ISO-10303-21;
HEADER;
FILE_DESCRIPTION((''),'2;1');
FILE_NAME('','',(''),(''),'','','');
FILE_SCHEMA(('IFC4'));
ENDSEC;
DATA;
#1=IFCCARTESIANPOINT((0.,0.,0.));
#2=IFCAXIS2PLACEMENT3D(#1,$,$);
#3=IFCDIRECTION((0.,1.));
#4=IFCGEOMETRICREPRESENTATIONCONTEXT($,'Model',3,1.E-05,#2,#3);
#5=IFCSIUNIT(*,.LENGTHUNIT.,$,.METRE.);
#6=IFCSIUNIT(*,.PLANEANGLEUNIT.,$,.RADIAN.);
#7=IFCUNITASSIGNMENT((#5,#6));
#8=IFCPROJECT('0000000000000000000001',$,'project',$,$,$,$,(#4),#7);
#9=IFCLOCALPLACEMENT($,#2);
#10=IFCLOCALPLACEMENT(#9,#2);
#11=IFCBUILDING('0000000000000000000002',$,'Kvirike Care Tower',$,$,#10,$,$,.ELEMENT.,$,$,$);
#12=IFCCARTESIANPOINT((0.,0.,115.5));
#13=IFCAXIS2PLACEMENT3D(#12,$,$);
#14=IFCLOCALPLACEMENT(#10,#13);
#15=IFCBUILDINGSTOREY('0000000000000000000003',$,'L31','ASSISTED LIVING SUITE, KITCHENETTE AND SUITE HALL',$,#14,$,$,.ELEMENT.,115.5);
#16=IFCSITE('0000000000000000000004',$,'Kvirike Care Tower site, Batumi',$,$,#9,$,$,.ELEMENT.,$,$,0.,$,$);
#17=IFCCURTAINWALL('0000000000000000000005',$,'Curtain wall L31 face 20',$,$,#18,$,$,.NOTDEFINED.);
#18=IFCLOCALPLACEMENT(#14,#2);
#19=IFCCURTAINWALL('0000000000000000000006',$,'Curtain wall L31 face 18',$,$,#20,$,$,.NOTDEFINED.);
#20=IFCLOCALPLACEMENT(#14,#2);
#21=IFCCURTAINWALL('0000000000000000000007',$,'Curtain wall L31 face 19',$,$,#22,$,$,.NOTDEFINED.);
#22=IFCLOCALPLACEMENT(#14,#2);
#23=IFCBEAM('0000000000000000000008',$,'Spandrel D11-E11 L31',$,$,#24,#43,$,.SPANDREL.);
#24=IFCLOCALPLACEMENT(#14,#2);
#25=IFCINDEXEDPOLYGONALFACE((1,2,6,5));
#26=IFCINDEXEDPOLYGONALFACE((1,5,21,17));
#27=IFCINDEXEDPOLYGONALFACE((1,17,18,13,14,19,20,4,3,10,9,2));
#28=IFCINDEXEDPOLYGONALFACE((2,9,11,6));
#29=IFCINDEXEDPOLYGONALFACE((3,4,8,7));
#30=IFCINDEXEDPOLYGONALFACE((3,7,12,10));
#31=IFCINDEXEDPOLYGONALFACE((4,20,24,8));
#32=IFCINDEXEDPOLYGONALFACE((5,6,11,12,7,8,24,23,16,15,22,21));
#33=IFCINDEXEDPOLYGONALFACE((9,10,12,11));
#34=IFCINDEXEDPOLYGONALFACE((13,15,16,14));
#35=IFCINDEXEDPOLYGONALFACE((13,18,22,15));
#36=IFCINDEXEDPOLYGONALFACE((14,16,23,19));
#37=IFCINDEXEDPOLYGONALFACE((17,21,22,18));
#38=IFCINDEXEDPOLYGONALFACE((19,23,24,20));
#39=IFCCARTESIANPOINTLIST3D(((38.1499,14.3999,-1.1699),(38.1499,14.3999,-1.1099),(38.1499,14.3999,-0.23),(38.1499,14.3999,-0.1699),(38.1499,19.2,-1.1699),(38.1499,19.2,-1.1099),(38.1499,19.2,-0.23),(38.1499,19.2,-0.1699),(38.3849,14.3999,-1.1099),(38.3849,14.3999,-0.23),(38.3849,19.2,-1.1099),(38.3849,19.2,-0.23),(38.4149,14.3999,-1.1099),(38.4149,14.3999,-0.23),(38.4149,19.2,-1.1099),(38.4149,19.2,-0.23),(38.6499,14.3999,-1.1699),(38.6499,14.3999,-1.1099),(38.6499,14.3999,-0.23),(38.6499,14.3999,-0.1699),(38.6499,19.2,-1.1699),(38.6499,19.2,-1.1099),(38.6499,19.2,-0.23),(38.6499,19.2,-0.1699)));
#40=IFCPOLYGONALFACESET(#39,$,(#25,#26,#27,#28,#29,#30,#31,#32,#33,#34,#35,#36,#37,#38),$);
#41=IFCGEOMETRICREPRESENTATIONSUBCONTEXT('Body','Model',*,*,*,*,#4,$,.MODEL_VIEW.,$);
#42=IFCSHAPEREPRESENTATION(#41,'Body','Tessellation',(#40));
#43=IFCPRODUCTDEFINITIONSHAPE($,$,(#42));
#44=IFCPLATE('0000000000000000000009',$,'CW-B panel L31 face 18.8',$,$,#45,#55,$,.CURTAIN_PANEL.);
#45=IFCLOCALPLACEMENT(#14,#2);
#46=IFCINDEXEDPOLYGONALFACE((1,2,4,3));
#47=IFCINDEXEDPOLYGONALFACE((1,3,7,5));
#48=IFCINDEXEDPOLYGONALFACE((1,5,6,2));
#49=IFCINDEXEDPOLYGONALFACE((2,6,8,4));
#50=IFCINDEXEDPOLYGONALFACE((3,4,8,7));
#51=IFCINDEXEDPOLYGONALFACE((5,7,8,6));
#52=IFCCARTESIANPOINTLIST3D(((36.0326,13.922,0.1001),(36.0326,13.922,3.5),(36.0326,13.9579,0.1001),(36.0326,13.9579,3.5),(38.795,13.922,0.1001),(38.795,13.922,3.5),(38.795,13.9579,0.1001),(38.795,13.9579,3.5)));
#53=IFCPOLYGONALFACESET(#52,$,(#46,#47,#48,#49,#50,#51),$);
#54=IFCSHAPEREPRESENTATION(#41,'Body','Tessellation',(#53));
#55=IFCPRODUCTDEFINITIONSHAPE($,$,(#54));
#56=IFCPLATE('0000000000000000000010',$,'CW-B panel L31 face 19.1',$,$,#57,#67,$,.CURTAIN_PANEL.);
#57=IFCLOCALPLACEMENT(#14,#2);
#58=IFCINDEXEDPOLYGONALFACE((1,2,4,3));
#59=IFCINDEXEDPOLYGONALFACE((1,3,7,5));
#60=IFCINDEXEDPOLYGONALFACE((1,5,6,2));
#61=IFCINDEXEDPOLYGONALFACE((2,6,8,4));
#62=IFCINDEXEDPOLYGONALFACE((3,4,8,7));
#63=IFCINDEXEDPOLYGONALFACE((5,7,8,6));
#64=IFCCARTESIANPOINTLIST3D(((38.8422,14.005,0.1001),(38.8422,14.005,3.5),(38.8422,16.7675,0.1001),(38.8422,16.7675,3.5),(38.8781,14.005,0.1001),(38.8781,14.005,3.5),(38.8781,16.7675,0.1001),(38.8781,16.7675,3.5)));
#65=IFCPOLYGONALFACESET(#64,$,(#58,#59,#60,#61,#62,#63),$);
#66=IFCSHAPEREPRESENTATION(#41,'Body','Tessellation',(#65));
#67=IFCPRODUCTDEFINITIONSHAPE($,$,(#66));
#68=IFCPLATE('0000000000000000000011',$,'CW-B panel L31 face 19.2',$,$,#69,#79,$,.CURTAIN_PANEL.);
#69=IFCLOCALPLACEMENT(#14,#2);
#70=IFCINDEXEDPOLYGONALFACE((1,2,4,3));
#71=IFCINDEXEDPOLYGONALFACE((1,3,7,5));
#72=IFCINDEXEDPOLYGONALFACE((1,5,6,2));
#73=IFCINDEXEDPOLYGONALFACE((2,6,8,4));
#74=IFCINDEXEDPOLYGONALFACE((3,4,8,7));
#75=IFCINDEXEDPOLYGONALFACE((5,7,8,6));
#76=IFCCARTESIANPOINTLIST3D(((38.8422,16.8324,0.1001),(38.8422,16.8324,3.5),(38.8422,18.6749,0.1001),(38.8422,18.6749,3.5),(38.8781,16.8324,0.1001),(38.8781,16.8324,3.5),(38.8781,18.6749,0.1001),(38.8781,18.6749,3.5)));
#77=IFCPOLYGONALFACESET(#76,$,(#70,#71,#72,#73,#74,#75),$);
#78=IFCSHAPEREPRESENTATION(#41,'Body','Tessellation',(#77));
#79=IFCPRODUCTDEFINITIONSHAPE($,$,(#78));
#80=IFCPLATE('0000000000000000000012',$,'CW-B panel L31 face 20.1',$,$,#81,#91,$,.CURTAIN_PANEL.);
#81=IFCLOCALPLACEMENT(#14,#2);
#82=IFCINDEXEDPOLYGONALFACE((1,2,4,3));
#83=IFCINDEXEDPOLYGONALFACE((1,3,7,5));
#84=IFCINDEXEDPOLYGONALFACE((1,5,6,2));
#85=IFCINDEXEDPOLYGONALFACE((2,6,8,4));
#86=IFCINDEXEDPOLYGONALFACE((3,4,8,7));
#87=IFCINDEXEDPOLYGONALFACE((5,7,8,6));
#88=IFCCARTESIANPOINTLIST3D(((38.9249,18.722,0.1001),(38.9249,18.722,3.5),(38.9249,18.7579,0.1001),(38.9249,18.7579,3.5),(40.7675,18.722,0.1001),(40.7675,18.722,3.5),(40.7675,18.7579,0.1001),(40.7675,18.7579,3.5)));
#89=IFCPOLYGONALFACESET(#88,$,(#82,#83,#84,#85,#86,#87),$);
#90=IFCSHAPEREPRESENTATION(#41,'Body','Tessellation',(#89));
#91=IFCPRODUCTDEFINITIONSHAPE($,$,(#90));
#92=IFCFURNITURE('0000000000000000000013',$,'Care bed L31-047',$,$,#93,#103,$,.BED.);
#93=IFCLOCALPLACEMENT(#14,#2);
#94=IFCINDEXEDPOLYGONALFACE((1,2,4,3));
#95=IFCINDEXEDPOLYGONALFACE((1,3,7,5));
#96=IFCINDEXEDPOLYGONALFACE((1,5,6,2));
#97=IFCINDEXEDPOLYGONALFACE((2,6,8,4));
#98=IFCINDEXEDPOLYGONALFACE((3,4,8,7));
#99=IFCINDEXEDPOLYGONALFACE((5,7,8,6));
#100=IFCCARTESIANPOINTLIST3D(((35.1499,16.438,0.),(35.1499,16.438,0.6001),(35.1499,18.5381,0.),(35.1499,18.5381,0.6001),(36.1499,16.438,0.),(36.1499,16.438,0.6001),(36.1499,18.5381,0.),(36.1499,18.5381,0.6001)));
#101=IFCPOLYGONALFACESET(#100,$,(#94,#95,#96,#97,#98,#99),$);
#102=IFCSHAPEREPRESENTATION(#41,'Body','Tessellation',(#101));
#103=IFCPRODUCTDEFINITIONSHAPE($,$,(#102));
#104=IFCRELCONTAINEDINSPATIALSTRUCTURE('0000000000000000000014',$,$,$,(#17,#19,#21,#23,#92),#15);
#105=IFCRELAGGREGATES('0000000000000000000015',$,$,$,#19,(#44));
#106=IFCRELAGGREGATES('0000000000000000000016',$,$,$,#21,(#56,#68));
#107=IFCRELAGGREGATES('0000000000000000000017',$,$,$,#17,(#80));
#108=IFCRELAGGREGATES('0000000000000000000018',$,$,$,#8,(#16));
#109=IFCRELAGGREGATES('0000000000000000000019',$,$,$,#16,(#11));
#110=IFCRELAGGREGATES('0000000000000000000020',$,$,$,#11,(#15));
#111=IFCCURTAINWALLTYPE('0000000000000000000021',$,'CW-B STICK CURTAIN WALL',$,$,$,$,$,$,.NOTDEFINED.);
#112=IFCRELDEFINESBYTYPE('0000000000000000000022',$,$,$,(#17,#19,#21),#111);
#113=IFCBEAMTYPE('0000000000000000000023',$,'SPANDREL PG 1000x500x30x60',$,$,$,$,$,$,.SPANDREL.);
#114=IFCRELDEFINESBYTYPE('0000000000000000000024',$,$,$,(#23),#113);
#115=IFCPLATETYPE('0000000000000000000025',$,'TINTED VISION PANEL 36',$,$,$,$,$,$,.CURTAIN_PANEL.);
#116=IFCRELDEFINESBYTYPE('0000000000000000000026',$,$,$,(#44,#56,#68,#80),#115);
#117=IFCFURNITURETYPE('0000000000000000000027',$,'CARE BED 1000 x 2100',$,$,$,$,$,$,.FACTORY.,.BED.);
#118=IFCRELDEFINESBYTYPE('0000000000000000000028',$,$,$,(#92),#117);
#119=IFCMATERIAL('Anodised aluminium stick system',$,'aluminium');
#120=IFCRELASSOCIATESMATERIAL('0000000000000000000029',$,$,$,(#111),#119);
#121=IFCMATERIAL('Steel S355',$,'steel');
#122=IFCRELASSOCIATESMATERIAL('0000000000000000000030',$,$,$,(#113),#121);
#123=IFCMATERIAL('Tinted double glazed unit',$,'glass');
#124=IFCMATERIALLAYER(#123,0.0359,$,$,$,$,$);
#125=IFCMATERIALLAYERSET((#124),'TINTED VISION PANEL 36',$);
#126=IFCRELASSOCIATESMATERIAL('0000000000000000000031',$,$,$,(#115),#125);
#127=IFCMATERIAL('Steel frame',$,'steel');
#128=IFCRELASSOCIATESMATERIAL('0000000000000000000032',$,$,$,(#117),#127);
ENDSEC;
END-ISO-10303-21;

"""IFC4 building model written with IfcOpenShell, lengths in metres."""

from ifc_helpers import new_model, si_unit, direction, frame, origin, origin_2d, place, context, subcontext, project, spatial, rectangle, i_section, extrude, material, layer, layer_set, material_profile, profile_set, type_object, element, aggregate, save


model = new_model("IFC4")

# Units and contexts
model_context = context("Model", 3, precision=1e-05, world=origin(), true_north=direction((0.0, 1.0)))
body_context = subcontext(model_context, "Body", "Model", "MODEL_VIEW")
ifc_project = project(units=[si_unit("LENGTHUNIT", "METRE"), si_unit("PLANEANGLEUNIT", "RADIAN")], contexts=[model_context])

# Site, building, storey
site_placement = place(None, origin())
site = spatial("IfcSite", under=ifc_project, at=site_placement, Name="Kvirike Care Tower site, Batumi", CompositionType="ELEMENT", RefElevation=0.0)
building_placement = place(site_placement, origin())
building = spatial("IfcBuilding", under=site, at=building_placement, Name="Kvirike Care Tower", CompositionType="ELEMENT")
storey_placement = place(building_placement, frame((0.0, 0.0, 115.5)))
storey = spatial("IfcBuildingStorey", under=building, at=storey_placement, Name="L31", Description="ASSISTED LIVING SUITE, KITCHENETTE AND SUITE HALL", CompositionType="ELEMENT", Elevation=115.5)

# Curtain wall
ifc_material_1 = material(Name="Anodised aluminium stick system", Category="aluminium")
curtain_wall_type = type_object("IfcCurtainWallType", Name="CW-B STICK CURTAIN WALL", PredefinedType="NOTDEFINED", material=ifc_material_1)
curtain_wall_1_placement = place(storey_placement, origin())
curtain_wall_1 = element("IfcCurtainWall", 1, at=curtain_wall_1_placement, inside=storey, type_object=curtain_wall_type, Name="Curtain wall L31 face 20", PredefinedType="NOTDEFINED")

# Curtain walls
curtain_wall_2_placement = place(storey_placement, origin())
curtain_wall_2 = element("IfcCurtainWall", 2, at=curtain_wall_2_placement, inside=storey, type_object=curtain_wall_type, Name="Curtain wall L31 face 18", PredefinedType="NOTDEFINED")
curtain_wall_3_placement = place(storey_placement, origin())
curtain_wall_3 = element("IfcCurtainWall", 3, at=curtain_wall_3_placement, inside=storey, type_object=curtain_wall_type, Name="Curtain wall L31 face 19", PredefinedType="NOTDEFINED")

# Beam
ifc_material_2 = material(Name="Steel S355", Category="steel")
ifc_material_profile_1 = material_profile(ifc_material_2, i_section(OverallWidth=0.5, OverallDepth=1.0, WebThickness=0.03, FlangeThickness=0.0601, at=origin_2d()), Name="PG 1000x500x30x60")
ifc_profile_set_1 = profile_set([ifc_material_profile_1], Name="Steel S355")
beam_type = type_object("IfcBeamType", Name="SPANDREL PG 1000x500x30x60", PredefinedType="SPANDREL", material=ifc_profile_set_1)
beam_placement = place(storey_placement, frame((38.3999, 14.3999, -0.6699), z_axis=(0.0, 1.0, 0.0), x_axis=(-1.0, 0.0, 0.0)))
element("IfcBeam", 4, at=beam_placement, inside=storey, type_object=beam_type, Name="Spandrel D11-E11 L31", PredefinedType="SPANDREL", context=body_context, shape_type="SweptSolid", body=[
    extrude(i_section(OverallWidth=0.5, OverallDepth=1.0, WebThickness=0.03, FlangeThickness=0.0601, at=origin_2d()), origin(), (0.0, 0.0, 1.0), 4.8),
])

# Plates
ifc_material_3 = material(Name="Tinted double glazed unit", Category="glass")
ifc_layer = layer(ifc_material_3, 0.0359)
ifc_layer_set = layer_set([ifc_layer], Name="TINTED VISION PANEL 36")
plate_type = type_object("IfcPlateType", Name="TINTED VISION PANEL 36", PredefinedType="CURTAIN_PANEL", material=ifc_layer_set)
plate_1_placement = place(storey_placement, frame((37.4138, 13.9399, 0.1001), z_axis=(0.0, 0.0, 1.0), x_axis=(1.0, 0.0, 0.0)))
plate_1 = element("IfcPlate", 5, at=plate_1_placement, type_object=plate_type, Name="CW-B panel L31 face 18.8", PredefinedType="CURTAIN_PANEL", context=body_context, shape_type="SweptSolid", body=[
    extrude(rectangle(XDim=2.7625, YDim=0.0359, at=origin_2d()), origin(), (0.0, 0.0, 1.0), 3.3999),
])
aggregate(curtain_wall_2, [plate_1])
plate_2_placement = place(storey_placement, frame((38.8601, 15.3862, 0.1001), z_axis=(0.0, 0.0, 1.0), x_axis=(0.0, 1.0, 0.0)))
plate_2 = element("IfcPlate", 6, at=plate_2_placement, type_object=plate_type, Name="CW-B panel L31 face 19.1", PredefinedType="CURTAIN_PANEL", context=body_context, shape_type="SweptSolid", body=[
    extrude(rectangle(XDim=2.7625, YDim=0.0359, at=origin_2d()), origin(), (0.0, 0.0, 1.0), 3.3999),
])
plate_3_placement = place(storey_placement, frame((38.8601, 17.7537, 0.1001), z_axis=(0.0, 0.0, 1.0), x_axis=(0.0, 1.0, 0.0)))
plate_3 = element("IfcPlate", 7, at=plate_3_placement, type_object=plate_type, Name="CW-B panel L31 face 19.2", PredefinedType="CURTAIN_PANEL", context=body_context, shape_type="SweptSolid", body=[
    extrude(rectangle(XDim=1.8425, YDim=0.0359, at=origin_2d()), origin(), (0.0, 0.0, 1.0), 3.3999),
])
aggregate(curtain_wall_3, [plate_2, plate_3])
plate_4_placement = place(storey_placement, frame((39.8462, 18.74, 0.1001), z_axis=(0.0, 0.0, 1.0), x_axis=(1.0, 0.0, 0.0)))
plate_4 = element("IfcPlate", 8, at=plate_4_placement, type_object=plate_type, Name="CW-B panel L31 face 20.1", PredefinedType="CURTAIN_PANEL", context=body_context, shape_type="SweptSolid", body=[
    extrude(rectangle(XDim=1.8425, YDim=0.0359, at=origin_2d()), origin(), (0.0, 0.0, 1.0), 3.3999),
])
aggregate(curtain_wall_1, [plate_4])

# Furniture
ifc_material_4 = material(Name="Steel frame", Category="steel")
furniture_type = type_object("IfcFurnitureType", Name="CARE BED 1000 x 2100", AssemblyPlace="FACTORY", PredefinedType="BED", material=ifc_material_4)
furniture_placement = place(storey_placement, frame((35.6499, 17.488, 0.0), z_axis=(0.0, 0.0, 1.0), x_axis=(1.0, 0.0, 0.0)))
element("IfcFurniture", 9, at=furniture_placement, inside=storey, type_object=furniture_type, Name="Care bed L31-047", PredefinedType="BED", context=body_context, shape_type="SweptSolid", body=[
    extrude(rectangle(XDim=1.0, YDim=2.1001, at=origin_2d()), origin(), (0.0, 0.0, 1.0), 0.6001),
])

save(model, "model.ifc")
